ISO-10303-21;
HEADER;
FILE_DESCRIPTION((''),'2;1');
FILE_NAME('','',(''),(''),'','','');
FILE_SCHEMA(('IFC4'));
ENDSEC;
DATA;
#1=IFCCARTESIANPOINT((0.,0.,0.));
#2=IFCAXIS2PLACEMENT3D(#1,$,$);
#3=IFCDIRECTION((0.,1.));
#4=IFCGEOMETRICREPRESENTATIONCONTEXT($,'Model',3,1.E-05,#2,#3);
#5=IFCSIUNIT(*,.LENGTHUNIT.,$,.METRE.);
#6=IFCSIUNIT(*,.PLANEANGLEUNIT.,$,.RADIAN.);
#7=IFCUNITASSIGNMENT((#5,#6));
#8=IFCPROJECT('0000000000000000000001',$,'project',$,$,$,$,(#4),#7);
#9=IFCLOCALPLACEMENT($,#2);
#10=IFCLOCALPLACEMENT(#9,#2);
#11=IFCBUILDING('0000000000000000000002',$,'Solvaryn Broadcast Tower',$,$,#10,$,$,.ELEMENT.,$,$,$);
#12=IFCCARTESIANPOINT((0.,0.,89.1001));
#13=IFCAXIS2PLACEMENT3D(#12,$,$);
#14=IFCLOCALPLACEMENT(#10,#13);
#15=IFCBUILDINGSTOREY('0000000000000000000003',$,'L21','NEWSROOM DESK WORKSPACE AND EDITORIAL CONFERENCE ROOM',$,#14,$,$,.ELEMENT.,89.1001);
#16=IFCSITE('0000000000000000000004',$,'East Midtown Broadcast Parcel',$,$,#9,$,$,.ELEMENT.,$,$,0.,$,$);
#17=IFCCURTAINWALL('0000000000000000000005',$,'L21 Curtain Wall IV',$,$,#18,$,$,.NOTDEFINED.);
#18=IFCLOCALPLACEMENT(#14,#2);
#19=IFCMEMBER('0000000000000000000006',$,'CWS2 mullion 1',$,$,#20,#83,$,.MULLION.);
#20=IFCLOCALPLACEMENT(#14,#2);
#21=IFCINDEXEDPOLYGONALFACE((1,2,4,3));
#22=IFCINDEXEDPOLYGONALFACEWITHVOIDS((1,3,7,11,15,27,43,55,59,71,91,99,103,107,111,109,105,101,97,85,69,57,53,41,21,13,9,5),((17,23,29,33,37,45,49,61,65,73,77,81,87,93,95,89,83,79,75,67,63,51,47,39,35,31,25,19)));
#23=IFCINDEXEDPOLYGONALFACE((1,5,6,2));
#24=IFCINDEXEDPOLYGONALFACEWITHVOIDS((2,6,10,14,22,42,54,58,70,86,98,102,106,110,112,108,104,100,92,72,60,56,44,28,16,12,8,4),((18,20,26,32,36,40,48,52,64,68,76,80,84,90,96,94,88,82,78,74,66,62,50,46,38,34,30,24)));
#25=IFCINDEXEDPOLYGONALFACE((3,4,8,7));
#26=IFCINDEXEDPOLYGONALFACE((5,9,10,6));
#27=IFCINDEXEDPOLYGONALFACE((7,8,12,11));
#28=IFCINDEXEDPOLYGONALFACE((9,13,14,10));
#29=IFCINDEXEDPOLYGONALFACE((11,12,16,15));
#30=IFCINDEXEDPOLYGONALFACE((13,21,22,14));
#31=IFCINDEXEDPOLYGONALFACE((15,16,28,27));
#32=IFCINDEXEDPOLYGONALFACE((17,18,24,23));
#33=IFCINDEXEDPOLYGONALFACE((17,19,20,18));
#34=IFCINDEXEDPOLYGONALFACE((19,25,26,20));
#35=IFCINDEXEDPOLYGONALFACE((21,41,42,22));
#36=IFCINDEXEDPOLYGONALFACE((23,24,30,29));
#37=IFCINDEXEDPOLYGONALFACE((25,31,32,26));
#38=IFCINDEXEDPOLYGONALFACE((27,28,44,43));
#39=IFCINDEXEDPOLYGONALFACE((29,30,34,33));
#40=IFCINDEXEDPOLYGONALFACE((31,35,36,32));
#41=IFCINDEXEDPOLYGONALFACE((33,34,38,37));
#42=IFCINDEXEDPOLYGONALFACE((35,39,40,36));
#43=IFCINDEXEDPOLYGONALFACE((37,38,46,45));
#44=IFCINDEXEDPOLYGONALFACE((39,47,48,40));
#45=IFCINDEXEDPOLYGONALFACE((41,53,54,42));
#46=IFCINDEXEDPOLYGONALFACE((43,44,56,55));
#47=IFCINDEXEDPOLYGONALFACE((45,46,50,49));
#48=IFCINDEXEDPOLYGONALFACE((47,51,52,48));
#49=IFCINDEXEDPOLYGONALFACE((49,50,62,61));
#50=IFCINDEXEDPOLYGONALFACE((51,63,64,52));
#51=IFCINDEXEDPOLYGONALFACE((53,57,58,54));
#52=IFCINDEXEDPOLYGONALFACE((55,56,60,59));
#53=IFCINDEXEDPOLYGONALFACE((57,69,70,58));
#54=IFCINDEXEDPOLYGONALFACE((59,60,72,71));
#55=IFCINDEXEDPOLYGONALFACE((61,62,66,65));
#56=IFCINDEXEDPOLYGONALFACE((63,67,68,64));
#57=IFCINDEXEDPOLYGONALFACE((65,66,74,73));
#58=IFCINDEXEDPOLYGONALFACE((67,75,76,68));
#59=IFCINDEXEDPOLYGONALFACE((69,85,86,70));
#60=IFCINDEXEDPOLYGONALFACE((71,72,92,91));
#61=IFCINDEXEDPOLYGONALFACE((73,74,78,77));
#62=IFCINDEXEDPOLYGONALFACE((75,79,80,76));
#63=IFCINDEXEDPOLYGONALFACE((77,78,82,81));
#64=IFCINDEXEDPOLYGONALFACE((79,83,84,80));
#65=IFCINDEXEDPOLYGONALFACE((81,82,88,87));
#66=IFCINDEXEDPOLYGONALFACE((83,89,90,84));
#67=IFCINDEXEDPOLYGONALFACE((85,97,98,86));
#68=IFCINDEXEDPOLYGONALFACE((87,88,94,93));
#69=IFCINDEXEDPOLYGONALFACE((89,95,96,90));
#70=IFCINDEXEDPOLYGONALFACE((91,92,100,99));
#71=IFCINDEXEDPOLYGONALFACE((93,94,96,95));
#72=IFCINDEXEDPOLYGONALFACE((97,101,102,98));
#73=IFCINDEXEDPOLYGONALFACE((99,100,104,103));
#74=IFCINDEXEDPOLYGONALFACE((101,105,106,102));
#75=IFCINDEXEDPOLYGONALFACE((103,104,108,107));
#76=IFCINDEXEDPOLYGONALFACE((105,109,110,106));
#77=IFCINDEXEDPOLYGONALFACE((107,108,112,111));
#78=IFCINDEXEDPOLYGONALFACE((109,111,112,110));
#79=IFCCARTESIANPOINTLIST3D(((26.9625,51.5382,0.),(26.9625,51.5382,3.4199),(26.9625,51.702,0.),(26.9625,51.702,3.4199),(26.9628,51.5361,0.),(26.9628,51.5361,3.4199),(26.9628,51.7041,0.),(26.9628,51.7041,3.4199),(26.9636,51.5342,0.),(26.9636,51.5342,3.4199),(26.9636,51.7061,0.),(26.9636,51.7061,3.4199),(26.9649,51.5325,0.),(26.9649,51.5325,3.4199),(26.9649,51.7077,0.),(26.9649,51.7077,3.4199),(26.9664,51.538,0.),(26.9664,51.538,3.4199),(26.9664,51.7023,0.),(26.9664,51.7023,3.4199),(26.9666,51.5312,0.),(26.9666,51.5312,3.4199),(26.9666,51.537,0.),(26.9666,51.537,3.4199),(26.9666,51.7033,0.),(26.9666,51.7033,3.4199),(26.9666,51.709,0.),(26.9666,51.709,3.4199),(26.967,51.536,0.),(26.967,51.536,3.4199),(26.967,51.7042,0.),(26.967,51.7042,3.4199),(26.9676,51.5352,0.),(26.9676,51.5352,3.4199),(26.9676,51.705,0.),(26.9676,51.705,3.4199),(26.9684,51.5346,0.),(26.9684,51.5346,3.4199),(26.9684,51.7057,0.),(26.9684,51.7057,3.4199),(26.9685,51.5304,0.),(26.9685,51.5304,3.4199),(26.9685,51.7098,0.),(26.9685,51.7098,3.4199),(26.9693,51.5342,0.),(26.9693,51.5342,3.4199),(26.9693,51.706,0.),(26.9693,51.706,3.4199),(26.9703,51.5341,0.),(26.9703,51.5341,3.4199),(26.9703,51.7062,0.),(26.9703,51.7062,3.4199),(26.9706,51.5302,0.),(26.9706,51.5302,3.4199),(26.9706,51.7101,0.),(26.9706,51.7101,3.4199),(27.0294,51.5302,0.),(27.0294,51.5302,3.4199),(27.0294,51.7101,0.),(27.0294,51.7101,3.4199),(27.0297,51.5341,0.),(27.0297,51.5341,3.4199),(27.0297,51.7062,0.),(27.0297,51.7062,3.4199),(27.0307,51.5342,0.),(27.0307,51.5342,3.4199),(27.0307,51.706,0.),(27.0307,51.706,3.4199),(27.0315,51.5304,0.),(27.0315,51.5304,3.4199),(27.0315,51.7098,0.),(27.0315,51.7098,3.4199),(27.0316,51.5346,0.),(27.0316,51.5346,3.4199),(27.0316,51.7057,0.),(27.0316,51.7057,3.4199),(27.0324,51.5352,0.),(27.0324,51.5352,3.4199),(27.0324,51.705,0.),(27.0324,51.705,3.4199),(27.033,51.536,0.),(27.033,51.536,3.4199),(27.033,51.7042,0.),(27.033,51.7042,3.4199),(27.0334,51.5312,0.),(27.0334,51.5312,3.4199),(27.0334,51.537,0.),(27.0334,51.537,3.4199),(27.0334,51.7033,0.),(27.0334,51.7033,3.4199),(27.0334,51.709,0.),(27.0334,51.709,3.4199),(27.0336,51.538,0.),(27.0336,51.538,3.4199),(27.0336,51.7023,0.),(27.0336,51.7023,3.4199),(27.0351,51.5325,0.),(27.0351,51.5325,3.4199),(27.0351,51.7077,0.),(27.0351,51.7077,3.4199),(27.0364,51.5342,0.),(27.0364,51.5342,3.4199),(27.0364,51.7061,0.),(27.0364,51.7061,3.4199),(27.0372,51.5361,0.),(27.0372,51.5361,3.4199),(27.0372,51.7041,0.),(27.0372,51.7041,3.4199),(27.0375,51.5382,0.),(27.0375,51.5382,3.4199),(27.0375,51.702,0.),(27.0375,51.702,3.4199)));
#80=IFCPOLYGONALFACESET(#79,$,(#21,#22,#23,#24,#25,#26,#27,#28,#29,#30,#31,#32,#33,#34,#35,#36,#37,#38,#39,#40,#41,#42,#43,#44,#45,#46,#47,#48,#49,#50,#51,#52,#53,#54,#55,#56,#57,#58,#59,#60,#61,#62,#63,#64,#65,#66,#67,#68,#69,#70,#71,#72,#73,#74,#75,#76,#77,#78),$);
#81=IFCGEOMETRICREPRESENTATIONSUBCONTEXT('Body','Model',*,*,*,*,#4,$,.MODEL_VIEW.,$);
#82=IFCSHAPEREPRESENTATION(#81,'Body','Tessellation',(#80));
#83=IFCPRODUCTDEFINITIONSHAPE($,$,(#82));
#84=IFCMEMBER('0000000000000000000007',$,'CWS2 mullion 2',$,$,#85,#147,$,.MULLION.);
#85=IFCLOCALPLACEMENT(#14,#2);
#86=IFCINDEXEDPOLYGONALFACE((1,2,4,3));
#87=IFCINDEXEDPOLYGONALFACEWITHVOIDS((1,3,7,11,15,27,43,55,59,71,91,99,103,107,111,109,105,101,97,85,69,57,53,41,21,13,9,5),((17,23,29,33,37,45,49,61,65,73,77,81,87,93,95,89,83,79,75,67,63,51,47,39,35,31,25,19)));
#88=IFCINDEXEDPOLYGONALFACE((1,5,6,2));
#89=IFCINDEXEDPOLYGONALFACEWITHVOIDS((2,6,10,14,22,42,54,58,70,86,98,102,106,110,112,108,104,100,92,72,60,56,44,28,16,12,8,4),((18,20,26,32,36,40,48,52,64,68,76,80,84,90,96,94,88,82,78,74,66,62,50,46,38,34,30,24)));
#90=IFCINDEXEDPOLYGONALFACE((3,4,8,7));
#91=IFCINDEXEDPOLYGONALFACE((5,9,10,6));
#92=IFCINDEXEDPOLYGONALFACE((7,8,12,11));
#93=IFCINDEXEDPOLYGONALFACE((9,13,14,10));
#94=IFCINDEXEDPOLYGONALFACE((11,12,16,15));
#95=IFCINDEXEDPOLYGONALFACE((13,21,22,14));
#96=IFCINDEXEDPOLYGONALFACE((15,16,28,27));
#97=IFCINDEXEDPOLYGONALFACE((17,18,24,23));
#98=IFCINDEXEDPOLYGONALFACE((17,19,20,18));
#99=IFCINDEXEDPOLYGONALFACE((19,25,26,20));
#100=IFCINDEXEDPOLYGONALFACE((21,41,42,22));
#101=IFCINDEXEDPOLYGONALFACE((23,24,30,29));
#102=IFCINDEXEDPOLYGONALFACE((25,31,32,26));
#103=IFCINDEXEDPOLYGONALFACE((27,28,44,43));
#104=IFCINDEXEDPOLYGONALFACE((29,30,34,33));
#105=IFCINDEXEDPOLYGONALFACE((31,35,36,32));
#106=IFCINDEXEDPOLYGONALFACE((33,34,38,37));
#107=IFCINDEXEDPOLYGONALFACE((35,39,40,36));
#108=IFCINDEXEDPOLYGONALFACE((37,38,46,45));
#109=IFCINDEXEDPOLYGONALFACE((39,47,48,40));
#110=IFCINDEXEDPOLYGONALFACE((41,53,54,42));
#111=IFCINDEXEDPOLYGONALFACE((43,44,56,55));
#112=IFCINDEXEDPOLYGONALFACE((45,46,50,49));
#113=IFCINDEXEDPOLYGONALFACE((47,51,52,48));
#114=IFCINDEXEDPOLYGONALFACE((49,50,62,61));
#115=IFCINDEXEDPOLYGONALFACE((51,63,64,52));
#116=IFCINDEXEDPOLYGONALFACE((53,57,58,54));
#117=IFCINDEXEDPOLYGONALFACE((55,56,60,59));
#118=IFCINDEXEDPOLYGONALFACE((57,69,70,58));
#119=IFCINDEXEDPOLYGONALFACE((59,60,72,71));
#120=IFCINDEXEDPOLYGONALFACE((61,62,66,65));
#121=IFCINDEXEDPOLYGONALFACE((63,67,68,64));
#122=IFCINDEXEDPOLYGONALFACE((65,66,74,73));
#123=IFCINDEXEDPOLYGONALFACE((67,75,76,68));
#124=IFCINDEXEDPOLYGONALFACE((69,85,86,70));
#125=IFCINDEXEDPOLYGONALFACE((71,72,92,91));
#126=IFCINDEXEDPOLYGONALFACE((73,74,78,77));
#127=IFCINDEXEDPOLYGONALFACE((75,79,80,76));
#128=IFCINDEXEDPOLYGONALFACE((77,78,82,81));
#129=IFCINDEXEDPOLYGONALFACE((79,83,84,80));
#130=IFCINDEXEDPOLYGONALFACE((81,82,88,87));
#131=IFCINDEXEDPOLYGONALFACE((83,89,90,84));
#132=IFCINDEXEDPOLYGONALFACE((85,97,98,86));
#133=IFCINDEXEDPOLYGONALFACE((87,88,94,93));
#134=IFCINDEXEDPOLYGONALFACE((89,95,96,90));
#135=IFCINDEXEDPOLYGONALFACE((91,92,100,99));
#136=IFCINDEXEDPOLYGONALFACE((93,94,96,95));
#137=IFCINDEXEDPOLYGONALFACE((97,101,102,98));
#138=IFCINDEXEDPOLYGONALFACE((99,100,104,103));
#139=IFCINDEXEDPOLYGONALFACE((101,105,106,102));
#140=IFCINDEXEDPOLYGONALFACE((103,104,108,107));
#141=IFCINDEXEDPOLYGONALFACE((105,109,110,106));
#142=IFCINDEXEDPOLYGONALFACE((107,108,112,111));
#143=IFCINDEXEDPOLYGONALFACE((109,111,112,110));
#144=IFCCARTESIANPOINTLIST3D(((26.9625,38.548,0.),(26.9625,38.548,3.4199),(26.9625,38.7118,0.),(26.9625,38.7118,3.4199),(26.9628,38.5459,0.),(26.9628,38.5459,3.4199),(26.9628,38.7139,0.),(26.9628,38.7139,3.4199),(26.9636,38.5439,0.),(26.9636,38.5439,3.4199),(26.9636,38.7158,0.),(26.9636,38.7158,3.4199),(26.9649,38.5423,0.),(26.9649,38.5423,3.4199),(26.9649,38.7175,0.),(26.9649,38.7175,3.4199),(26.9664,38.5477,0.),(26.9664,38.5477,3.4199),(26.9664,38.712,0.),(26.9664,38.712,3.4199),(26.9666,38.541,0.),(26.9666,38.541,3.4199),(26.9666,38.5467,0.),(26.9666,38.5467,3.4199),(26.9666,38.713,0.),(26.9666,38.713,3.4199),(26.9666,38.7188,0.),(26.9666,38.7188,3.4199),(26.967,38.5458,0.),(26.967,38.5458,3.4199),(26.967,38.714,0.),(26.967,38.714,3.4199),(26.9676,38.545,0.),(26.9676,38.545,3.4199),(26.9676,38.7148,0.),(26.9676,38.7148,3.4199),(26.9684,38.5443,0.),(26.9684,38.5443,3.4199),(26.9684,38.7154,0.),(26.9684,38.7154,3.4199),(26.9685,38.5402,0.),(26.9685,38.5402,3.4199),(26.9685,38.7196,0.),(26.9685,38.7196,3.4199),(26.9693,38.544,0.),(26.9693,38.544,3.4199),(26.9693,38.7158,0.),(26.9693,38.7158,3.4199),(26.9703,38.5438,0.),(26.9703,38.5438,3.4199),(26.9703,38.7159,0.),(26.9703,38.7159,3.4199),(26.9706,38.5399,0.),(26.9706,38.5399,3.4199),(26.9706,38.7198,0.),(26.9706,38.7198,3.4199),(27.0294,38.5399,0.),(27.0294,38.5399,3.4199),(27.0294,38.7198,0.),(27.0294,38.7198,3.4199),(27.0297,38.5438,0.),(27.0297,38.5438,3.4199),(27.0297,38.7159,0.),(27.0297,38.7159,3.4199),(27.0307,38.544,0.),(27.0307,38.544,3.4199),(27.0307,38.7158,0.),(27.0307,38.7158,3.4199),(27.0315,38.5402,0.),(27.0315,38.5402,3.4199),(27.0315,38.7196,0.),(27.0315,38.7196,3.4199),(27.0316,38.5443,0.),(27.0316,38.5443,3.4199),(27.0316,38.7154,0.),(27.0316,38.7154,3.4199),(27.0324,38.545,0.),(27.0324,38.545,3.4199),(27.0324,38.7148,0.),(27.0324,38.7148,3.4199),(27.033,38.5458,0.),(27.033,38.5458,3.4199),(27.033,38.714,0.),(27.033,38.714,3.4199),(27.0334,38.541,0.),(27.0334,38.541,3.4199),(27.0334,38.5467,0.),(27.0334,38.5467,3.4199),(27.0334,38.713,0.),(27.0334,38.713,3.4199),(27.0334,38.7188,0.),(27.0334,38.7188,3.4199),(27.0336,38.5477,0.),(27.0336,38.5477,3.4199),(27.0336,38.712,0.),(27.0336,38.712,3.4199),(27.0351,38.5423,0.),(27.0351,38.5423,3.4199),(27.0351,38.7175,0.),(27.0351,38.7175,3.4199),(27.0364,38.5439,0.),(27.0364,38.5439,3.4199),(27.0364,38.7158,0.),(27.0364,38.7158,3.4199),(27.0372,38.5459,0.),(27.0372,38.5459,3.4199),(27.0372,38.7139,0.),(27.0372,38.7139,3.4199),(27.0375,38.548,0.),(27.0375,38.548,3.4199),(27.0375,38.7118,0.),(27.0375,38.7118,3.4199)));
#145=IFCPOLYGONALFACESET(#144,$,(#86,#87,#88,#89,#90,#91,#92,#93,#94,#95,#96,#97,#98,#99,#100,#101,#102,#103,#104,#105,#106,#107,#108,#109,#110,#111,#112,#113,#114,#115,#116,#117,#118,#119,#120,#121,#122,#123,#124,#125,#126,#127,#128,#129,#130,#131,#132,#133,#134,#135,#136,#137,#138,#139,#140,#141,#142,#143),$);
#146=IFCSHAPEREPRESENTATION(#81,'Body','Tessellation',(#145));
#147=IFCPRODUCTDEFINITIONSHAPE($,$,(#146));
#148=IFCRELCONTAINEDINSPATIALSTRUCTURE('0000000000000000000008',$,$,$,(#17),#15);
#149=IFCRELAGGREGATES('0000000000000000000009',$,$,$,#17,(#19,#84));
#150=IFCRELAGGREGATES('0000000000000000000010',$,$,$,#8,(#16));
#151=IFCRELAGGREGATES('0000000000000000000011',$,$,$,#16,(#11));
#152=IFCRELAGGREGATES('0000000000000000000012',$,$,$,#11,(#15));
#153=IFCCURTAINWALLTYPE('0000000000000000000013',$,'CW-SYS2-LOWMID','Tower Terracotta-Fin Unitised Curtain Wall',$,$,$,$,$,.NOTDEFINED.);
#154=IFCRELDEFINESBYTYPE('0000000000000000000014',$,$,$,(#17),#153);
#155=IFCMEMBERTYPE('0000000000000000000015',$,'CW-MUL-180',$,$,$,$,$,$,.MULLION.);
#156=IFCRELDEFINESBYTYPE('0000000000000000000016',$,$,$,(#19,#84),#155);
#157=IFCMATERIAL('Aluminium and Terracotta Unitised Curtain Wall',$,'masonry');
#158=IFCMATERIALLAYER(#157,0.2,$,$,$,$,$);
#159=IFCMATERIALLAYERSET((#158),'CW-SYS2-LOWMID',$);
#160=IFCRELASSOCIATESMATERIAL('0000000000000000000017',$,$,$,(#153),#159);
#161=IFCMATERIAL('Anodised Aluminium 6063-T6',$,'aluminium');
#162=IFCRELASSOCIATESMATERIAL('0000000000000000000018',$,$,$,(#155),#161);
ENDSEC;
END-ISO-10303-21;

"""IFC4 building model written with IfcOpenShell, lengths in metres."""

from ifc_helpers import new_model, si_unit, direction, frame, origin, origin_2d, place, context, subcontext, project, spatial, hollow_rectangle, extrude, material, layer, layer_set, material_profile, profile_set, type_object, element, aggregate, save


model = new_model("IFC4")

# Units and contexts
model_context = context("Model", 3, precision=1e-05, world=origin(), true_north=direction((0.0, 1.0)))
body_context = subcontext(model_context, "Body", "Model", "MODEL_VIEW")
ifc_project = project(units=[si_unit("LENGTHUNIT", "METRE"), si_unit("PLANEANGLEUNIT", "RADIAN")], contexts=[model_context])

# Site, building, storey
site_placement = place(None, origin())
site = spatial("IfcSite", under=ifc_project, at=site_placement, Name="East Midtown Broadcast Parcel", CompositionType="ELEMENT", RefElevation=0.0)
building_placement = place(site_placement, origin())
building = spatial("IfcBuilding", under=site, at=building_placement, Name="Solvaryn Broadcast Tower", CompositionType="ELEMENT")
storey_placement = place(building_placement, frame((0.0, 0.0, 89.1001)))
storey = spatial("IfcBuildingStorey", under=building, at=storey_placement, Name="L21", Description="NEWSROOM DESK WORKSPACE AND EDITORIAL CONFERENCE ROOM", CompositionType="ELEMENT", Elevation=89.1001)

# Curtain wall, members
ifc_material_1 = material(Name="Aluminium and Terracotta Unitised Curtain Wall", Category="masonry")
ifc_layer_1 = layer(ifc_material_1, 0.2)
ifc_layer_set_1 = layer_set([ifc_layer_1], Name="CW-SYS2-LOWMID")
curtain_wall_type = type_object("IfcCurtainWallType", Name="CW-SYS2-LOWMID", Description="Tower Terracotta-Fin Unitised Curtain Wall", PredefinedType="NOTDEFINED", material=ifc_layer_set_1)
curtain_wall_1_placement = place(storey_placement, origin())
curtain_wall_1 = element("IfcCurtainWall", 1, at=curtain_wall_1_placement, inside=storey, type_object=curtain_wall_type, Name="L21 Curtain Wall IV", PredefinedType="NOTDEFINED")
ifc_material_2 = material(Name="Anodised Aluminium 6063-T6", Category="aluminium")
ifc_material_profile_1 = material_profile(ifc_material_2, hollow_rectangle(XDim=0.075, YDim=0.1799, WallThickness=0.0039, InnerFilletRadius=0.0039, OuterFilletRadius=0.0081, at=origin_2d()))
ifc_profile_set_1 = profile_set([ifc_material_profile_1], Name="Anodised Aluminium 6063-T6")
member_type_1 = type_object("IfcMemberType", Name="CW-MUL-180", PredefinedType="MULLION", material=ifc_profile_set_1)
member_1_placement = place(storey_placement, frame((27.0, 51.6201, 0.0), z_axis=(0.0, 0.0, 1.0), x_axis=(1.0, 0.0, 0.0)))
member_1 = element("IfcMember", 2, at=member_1_placement, type_object=member_type_1, Name="CWS2 mullion 1", PredefinedType="MULLION", context=body_context, shape_type="SweptSolid", body=[
    extrude(hollow_rectangle(XDim=0.075, YDim=0.1799, WallThickness=0.0039, InnerFilletRadius=0.0039, OuterFilletRadius=0.0081, at=origin_2d()), origin(), (0.0, 0.0, 1.0), 3.4199),
])
member_2_placement = place(storey_placement, frame((27.0, 38.6299, 0.0), z_axis=(0.0, 0.0, 1.0), x_axis=(1.0, 0.0, 0.0)))
member_2 = element("IfcMember", 3, at=member_2_placement, type_object=member_type_1, Name="CWS2 mullion 2", PredefinedType="MULLION", context=body_context, shape_type="SweptSolid", body=[
    extrude(hollow_rectangle(XDim=0.075, YDim=0.1799, WallThickness=0.0039, InnerFilletRadius=0.0039, OuterFilletRadius=0.0081, at=origin_2d()), origin(), (0.0, 0.0, 1.0), 3.4199),
])

aggregate(curtain_wall_1, [member_1, member_2])

save(model, "model.ifc")
